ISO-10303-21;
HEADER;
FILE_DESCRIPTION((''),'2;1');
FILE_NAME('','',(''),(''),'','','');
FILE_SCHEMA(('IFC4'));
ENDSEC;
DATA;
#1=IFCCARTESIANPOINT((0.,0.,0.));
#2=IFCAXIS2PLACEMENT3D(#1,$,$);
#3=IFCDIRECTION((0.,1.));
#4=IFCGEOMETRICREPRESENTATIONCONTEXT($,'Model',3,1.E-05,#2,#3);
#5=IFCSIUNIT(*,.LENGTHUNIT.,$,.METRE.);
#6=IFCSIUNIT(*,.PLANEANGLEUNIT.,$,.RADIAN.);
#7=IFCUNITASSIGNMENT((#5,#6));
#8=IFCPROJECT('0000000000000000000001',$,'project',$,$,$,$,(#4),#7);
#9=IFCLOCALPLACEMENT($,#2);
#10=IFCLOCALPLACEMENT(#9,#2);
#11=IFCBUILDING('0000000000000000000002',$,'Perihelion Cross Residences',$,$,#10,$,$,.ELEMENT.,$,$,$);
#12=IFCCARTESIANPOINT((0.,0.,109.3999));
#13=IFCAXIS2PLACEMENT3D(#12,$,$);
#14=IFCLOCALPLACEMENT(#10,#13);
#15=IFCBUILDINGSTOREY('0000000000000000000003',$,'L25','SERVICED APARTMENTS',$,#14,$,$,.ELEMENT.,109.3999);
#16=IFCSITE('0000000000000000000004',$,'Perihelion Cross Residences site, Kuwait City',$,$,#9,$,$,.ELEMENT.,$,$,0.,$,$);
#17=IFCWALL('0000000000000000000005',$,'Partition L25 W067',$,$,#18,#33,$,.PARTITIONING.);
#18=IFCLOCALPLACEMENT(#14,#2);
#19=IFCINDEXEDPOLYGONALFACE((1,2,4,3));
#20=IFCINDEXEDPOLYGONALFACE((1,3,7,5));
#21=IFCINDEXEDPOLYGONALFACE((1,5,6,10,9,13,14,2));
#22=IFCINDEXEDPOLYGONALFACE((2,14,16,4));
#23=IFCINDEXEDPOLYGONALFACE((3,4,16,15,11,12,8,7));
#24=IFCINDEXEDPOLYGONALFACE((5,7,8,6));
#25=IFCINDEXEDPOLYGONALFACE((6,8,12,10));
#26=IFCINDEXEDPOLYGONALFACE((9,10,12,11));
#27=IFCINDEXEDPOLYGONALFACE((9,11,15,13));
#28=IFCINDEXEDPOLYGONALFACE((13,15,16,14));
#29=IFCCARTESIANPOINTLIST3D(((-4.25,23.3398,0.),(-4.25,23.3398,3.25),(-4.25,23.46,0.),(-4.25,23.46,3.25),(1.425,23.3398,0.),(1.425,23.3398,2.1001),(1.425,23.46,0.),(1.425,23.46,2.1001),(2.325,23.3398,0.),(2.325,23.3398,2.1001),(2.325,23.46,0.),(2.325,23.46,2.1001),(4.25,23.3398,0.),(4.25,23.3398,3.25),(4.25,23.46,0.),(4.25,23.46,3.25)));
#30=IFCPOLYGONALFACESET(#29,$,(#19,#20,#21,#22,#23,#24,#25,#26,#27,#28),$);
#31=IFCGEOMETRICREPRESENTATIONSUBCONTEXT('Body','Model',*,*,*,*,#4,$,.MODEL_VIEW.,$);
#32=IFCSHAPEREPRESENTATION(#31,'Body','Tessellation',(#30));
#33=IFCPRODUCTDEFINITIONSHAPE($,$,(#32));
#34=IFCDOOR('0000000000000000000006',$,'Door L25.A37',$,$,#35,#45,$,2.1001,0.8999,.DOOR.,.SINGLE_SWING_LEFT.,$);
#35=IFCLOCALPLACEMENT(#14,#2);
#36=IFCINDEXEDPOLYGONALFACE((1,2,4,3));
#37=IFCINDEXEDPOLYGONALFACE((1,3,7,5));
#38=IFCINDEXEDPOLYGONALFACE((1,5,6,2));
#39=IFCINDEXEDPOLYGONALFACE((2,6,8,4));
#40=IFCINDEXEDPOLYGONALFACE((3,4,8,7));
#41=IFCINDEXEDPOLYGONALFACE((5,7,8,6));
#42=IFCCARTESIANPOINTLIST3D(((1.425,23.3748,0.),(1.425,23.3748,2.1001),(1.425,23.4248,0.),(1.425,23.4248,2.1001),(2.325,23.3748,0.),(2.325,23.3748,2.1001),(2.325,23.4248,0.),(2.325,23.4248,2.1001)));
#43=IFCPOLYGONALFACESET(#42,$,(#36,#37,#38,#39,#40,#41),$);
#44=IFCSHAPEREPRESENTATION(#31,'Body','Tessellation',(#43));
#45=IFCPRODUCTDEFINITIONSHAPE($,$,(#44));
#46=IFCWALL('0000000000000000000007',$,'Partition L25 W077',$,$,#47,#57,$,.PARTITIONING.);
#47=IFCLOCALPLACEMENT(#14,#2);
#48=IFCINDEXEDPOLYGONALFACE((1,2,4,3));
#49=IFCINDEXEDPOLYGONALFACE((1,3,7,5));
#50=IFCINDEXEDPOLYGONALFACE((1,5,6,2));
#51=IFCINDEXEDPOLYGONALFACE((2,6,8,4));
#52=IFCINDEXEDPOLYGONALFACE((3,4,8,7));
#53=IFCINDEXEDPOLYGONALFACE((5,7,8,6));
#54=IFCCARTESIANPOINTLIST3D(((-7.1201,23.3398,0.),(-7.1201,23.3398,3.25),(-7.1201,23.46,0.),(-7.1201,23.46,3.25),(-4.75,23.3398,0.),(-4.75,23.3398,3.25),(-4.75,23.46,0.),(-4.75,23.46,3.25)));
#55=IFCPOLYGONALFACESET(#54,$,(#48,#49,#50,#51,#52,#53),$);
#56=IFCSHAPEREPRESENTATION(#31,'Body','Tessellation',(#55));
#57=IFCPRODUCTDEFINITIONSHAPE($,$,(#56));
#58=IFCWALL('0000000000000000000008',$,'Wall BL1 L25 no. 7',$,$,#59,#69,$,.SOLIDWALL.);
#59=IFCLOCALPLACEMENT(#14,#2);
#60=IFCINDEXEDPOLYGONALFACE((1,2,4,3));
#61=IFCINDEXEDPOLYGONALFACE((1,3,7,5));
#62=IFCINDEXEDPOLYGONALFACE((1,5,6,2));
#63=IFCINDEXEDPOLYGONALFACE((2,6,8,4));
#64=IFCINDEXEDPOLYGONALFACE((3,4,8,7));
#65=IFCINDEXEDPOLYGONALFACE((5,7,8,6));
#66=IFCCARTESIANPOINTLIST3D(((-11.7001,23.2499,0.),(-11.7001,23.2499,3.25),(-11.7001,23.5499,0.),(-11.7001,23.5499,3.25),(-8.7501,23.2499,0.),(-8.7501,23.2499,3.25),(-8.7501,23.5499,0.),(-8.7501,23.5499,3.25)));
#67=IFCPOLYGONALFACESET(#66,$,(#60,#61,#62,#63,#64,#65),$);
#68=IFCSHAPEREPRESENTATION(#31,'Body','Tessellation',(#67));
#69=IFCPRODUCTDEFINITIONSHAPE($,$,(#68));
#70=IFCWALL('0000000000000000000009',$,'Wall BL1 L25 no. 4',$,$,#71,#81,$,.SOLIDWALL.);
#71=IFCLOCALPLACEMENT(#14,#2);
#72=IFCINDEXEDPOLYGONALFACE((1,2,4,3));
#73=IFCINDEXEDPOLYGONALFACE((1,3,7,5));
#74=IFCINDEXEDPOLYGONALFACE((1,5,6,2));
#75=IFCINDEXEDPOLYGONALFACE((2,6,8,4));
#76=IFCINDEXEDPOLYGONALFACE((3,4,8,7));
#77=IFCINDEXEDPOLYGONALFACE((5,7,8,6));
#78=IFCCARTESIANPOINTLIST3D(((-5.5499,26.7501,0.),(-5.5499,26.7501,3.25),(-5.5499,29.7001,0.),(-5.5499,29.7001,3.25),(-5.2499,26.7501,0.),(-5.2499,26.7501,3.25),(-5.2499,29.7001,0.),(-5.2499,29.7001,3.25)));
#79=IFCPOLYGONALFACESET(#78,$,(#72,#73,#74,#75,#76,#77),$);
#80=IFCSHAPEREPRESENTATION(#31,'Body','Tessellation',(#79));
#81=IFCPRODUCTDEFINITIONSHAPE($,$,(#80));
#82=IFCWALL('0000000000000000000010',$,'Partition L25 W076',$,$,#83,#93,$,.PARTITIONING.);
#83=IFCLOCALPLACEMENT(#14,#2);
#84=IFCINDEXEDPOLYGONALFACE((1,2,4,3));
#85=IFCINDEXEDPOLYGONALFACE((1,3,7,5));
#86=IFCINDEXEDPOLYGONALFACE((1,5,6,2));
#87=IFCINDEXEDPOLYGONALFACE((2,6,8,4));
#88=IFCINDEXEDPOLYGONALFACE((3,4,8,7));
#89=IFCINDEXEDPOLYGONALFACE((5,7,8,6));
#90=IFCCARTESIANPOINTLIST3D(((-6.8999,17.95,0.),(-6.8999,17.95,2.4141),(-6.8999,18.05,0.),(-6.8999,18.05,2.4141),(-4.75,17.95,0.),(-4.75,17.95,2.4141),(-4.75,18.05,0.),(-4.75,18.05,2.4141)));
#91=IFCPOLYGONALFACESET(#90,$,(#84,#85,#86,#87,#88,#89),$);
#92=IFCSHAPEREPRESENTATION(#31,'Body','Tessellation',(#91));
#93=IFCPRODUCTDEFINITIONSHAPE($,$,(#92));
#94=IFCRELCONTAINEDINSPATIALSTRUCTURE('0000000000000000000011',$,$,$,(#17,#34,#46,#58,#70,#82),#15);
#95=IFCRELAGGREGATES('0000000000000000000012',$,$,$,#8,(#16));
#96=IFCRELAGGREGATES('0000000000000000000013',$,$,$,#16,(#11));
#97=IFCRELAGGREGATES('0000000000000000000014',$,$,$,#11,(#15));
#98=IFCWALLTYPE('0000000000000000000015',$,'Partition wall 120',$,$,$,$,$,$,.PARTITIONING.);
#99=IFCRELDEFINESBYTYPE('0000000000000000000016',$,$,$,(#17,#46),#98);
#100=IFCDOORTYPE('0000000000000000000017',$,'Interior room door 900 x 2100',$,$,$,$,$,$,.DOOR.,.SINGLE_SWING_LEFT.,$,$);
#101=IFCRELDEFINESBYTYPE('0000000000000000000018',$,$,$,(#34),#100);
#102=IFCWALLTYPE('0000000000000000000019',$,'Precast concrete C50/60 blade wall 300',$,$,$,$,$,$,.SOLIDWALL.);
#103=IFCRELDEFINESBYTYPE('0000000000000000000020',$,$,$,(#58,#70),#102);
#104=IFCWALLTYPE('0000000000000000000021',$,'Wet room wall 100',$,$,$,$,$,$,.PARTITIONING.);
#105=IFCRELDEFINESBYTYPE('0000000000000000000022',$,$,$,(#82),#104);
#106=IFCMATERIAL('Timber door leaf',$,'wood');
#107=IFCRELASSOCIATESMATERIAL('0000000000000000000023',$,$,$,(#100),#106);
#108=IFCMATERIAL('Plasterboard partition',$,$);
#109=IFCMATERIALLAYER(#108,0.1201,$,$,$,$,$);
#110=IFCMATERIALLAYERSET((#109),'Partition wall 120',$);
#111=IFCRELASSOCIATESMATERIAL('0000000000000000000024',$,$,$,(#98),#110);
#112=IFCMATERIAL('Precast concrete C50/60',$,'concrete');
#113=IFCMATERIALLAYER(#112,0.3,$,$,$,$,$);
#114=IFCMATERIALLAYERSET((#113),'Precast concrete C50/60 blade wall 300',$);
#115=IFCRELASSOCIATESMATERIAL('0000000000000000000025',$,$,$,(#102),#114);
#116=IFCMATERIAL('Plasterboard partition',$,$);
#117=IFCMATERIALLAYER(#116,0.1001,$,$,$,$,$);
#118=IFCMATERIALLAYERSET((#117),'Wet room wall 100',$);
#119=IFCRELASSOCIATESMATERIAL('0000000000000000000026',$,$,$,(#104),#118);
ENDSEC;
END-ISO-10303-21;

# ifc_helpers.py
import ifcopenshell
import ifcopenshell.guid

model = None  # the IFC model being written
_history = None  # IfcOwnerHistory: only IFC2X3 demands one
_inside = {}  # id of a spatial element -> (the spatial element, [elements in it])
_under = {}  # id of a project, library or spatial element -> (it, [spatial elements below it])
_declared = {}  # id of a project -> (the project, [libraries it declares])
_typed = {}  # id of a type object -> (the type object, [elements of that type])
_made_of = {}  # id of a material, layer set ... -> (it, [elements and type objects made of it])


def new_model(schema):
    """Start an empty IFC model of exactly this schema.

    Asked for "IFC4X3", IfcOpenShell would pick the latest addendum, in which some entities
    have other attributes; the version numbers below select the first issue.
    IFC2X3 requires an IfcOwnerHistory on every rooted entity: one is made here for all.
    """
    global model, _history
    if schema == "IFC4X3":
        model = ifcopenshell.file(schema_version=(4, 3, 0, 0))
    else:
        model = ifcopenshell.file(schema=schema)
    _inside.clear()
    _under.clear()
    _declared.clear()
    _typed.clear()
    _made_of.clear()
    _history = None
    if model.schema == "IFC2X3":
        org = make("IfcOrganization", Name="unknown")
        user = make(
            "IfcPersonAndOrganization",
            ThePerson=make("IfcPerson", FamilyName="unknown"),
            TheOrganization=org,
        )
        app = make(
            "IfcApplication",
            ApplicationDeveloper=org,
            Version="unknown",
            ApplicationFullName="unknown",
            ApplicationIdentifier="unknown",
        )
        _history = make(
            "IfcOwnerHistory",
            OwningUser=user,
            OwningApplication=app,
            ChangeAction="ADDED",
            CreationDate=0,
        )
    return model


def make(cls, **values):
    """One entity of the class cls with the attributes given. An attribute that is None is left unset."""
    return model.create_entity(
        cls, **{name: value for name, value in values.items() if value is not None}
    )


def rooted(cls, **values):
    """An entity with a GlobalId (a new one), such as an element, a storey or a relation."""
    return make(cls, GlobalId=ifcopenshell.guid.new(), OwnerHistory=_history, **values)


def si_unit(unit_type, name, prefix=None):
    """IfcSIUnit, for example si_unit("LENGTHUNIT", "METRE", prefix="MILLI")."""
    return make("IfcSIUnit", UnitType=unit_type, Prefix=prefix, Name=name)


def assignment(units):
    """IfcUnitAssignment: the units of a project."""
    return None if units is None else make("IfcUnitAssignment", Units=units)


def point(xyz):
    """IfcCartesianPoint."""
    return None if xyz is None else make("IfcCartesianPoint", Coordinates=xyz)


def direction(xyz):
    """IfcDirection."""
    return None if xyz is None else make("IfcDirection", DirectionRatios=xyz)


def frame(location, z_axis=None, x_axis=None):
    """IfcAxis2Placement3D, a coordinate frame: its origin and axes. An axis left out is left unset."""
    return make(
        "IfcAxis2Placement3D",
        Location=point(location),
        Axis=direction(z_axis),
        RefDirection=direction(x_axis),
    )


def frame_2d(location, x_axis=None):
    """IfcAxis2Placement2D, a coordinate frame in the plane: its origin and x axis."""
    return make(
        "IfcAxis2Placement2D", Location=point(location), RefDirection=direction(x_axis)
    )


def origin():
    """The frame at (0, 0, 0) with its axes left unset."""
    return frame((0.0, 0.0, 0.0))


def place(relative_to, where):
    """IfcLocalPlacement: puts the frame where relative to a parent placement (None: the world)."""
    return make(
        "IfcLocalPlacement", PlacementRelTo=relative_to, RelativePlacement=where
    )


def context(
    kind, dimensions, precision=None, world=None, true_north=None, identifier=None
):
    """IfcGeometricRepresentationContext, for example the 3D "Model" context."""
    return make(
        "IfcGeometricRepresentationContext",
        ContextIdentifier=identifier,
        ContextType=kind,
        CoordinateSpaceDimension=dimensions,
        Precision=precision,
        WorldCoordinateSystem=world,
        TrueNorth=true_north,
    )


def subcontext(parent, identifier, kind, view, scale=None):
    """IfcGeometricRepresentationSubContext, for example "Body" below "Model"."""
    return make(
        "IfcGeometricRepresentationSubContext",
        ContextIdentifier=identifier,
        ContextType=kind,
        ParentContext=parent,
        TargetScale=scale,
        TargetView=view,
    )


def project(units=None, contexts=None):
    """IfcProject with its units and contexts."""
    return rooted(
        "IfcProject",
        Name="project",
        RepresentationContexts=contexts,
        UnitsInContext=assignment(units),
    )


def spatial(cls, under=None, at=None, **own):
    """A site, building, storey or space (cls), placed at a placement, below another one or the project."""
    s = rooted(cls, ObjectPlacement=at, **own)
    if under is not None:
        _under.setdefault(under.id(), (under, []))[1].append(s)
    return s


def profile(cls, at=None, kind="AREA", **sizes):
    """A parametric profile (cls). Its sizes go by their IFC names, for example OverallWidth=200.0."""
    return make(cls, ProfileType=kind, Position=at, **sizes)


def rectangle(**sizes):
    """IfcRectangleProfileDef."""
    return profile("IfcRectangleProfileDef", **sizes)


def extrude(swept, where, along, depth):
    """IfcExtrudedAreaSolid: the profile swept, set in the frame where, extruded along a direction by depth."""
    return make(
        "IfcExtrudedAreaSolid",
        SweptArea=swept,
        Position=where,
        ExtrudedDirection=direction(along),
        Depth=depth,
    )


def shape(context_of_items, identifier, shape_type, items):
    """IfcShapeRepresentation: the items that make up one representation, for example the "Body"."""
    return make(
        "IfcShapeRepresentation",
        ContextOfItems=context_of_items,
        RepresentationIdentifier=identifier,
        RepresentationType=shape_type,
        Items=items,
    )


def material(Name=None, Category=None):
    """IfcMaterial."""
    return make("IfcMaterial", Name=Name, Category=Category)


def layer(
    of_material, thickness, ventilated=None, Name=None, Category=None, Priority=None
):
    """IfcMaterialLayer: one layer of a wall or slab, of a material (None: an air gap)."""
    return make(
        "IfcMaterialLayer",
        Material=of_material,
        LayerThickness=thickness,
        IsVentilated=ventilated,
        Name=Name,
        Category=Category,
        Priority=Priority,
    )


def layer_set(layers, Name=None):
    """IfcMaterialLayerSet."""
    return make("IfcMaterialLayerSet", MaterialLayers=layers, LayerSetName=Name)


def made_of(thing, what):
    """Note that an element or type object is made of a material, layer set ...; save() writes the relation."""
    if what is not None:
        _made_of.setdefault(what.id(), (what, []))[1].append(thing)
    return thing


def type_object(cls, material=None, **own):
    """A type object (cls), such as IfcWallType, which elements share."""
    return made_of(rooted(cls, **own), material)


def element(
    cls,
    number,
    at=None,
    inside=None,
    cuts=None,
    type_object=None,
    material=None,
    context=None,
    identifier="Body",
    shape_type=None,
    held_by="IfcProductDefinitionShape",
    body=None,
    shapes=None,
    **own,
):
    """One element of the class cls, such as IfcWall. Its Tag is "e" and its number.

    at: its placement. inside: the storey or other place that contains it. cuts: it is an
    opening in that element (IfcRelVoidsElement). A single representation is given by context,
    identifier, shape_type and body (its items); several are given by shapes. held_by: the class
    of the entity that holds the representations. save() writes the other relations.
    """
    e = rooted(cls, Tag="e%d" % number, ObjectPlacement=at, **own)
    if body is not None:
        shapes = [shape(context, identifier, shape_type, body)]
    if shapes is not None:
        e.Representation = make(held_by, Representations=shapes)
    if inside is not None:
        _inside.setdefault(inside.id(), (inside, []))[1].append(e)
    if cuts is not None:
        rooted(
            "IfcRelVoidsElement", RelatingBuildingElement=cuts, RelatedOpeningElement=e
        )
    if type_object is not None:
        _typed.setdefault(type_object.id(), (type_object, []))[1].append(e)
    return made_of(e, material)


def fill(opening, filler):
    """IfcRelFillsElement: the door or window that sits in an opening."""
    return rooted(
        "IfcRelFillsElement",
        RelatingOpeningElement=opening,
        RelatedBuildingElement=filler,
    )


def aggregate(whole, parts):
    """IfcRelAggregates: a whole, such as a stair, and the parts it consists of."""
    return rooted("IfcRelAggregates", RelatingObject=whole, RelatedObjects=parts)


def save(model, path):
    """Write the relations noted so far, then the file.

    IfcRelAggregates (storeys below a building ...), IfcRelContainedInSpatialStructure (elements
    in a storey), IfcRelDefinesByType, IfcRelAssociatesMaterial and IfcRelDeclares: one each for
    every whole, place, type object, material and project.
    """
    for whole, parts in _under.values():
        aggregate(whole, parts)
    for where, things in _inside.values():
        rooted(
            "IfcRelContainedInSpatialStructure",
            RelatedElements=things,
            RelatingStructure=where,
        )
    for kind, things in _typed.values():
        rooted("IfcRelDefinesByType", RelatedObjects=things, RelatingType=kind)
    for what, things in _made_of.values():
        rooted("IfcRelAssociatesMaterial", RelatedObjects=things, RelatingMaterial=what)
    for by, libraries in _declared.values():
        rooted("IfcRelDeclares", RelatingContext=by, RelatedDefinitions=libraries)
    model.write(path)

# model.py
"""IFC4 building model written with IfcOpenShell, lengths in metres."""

from ifc_helpers import new_model, si_unit, direction, frame, frame_2d, origin, place, context, subcontext, project, spatial, rectangle, extrude, material, layer, layer_set, type_object, element, fill, save


model = new_model("IFC4")

# Units and contexts
model_context = context("Model", 3, precision=1e-05, world=origin(), true_north=direction((0.0, 1.0)))
body_context = subcontext(model_context, "Body", "Model", "MODEL_VIEW")
ifc_project = project(units=[si_unit("LENGTHUNIT", "METRE"), si_unit("PLANEANGLEUNIT", "RADIAN")], contexts=[model_context])

# Site, building, storey
site_placement = place(None, origin())
site = spatial("IfcSite", under=ifc_project, at=site_placement, Name="Perihelion Cross Residences site, Kuwait City", CompositionType="ELEMENT", RefElevation=0.0)
building_placement = place(site_placement, origin())
building = spatial("IfcBuilding", under=site, at=building_placement, Name="Perihelion Cross Residences", CompositionType="ELEMENT")
storey_placement = place(building_placement, frame((0.0, 0.0, 109.3999)))
storey = spatial("IfcBuildingStorey", under=building, at=storey_placement, Name="L25", Description="SERVICED APARTMENTS", CompositionType="ELEMENT", Elevation=109.3999)

# Wall, opening, door
ifc_material_1 = material(Name="Timber door leaf", Category="wood")
door_type_1 = type_object("IfcDoorType", Name="Interior room door 900 x 2100", OperationType="SINGLE_SWING_LEFT", PredefinedType="DOOR", material=ifc_material_1)
ifc_material_2 = material(Name="Plasterboard partition")
ifc_layer_1 = layer(ifc_material_2, 0.1201)
ifc_layer_set_1 = layer_set([ifc_layer_1], Name="Partition wall 120")
wall_type_1 = type_object("IfcWallType", Name="Partition wall 120", PredefinedType="PARTITIONING", material=ifc_layer_set_1)
wall_1_placement = place(storey_placement, frame((-4.25, 23.3999, 0.0), z_axis=(0.0, 0.0, 1.0), x_axis=(1.0, 0.0, 0.0)))
wall_1 = element("IfcWall", 1, at=wall_1_placement, inside=storey, type_object=wall_type_1, Name="Partition L25 W067", PredefinedType="PARTITIONING", context=body_context, shape_type="SweptSolid", body=[
    extrude(rectangle(XDim=8.5, YDim=0.1201, at=frame_2d((4.25, 0.0))), origin(), (0.0, 0.0, 1.0), 3.25),
])
opening_1_placement = place(wall_1_placement, frame((5.675, 0.0, 0.0)))
opening_1 = element("IfcOpeningElement", 2, at=opening_1_placement, cuts=wall_1, PredefinedType="OPENING", context=body_context, shape_type="SweptSolid", body=[
    extrude(rectangle(XDim=0.8999, YDim=2.1001, at=frame_2d((0.45, 1.05))), frame((0.0, 0.0701, 0.0), z_axis=(0.0, -1.0, 0.0), x_axis=(1.0, 0.0, 0.0)), (0.0, 0.0, 1.0), 0.1401),
])
door_1_placement = place(opening_1_placement, origin())
door_1 = element("IfcDoor", 3, at=door_1_placement, inside=storey, type_object=door_type_1, Name="Door L25.A37", OperationType="SINGLE_SWING_LEFT", OverallHeight=2.1001, OverallWidth=0.8999, PredefinedType="DOOR", context=body_context, shape_type="SweptSolid", body=[
    extrude(rectangle(XDim=0.8999, YDim=2.1001, at=frame_2d((0.45, 1.05))), frame((0.0, 0.0249, 0.0), z_axis=(0.0, -1.0, 0.0), x_axis=(1.0, 0.0, 0.0)), (0.0, 0.0, 1.0), 0.05),
])
fill(opening_1, door_1)

# Walls
wall_2_placement = place(storey_placement, frame((-7.1201, 23.3999, 0.0), z_axis=(0.0, 0.0, 1.0), x_axis=(1.0, 0.0, 0.0)))
element("IfcWall", 4, at=wall_2_placement, inside=storey, type_object=wall_type_1, Name="Partition L25 W077", PredefinedType="PARTITIONING", context=body_context, shape_type="SweptSolid", body=[
    extrude(rectangle(XDim=2.3701, YDim=0.1201, at=frame_2d((1.1851, 0.0))), origin(), (0.0, 0.0, 1.0), 3.25),
])
ifc_material_3 = material(Name="Precast concrete C50/60", Category="concrete")
ifc_layer_2 = layer(ifc_material_3, 0.3)
ifc_layer_set_2 = layer_set([ifc_layer_2], Name="Precast concrete C50/60 blade wall 300")
wall_type_2 = type_object("IfcWallType", Name="Precast concrete C50/60 blade wall 300", PredefinedType="SOLIDWALL", material=ifc_layer_set_2)
for number, where, z_axis, x_axis, name in (
    (5, (-8.75, 23.3999, 0.0), (0.0, 0.0, 1.0), (-1.0, 0.0, 0.0), "Wall BL1 L25 no. 7"),
    (6, (-5.3999, 26.75, 0.0), (0.0, 0.0, 1.0), (0.0, 1.0, 0.0), "Wall BL1 L25 no. 4"),
):
    element("IfcWall", number, at=place(storey_placement, frame(where, z_axis=z_axis, x_axis=x_axis)), inside=storey, type_object=wall_type_2, Name=name, PredefinedType="SOLIDWALL", context=body_context, shape_type="SweptSolid", body=[
        extrude(rectangle(XDim=2.95, YDim=0.3, at=frame_2d((1.4751, 0.0))), origin(), (0.0, 0.0, 1.0), 3.25),
    ])
ifc_material_4 = material(Name="Plasterboard partition")
ifc_layer_3 = layer(ifc_material_4, 0.1001)
ifc_layer_set_3 = layer_set([ifc_layer_3], Name="Wet room wall 100")
wall_type_3 = type_object("IfcWallType", Name="Wet room wall 100", PredefinedType="PARTITIONING", material=ifc_layer_set_3)
wall_3_placement = place(storey_placement, frame((-6.8999, 18.0, 0.0), z_axis=(0.0, 0.0, 1.0), x_axis=(1.0, 0.0, 0.0)))
element("IfcWall", 7, at=wall_3_placement, inside=storey, type_object=wall_type_3, Name="Partition L25 W076", PredefinedType="PARTITIONING", context=body_context, shape_type="SweptSolid", body=[
    extrude(rectangle(XDim=2.1499, YDim=0.1001, at=frame_2d((1.075, 0.0))), origin(), (0.0, 0.0, 1.0), 2.4141),
])

save(model, "model.ifc")
